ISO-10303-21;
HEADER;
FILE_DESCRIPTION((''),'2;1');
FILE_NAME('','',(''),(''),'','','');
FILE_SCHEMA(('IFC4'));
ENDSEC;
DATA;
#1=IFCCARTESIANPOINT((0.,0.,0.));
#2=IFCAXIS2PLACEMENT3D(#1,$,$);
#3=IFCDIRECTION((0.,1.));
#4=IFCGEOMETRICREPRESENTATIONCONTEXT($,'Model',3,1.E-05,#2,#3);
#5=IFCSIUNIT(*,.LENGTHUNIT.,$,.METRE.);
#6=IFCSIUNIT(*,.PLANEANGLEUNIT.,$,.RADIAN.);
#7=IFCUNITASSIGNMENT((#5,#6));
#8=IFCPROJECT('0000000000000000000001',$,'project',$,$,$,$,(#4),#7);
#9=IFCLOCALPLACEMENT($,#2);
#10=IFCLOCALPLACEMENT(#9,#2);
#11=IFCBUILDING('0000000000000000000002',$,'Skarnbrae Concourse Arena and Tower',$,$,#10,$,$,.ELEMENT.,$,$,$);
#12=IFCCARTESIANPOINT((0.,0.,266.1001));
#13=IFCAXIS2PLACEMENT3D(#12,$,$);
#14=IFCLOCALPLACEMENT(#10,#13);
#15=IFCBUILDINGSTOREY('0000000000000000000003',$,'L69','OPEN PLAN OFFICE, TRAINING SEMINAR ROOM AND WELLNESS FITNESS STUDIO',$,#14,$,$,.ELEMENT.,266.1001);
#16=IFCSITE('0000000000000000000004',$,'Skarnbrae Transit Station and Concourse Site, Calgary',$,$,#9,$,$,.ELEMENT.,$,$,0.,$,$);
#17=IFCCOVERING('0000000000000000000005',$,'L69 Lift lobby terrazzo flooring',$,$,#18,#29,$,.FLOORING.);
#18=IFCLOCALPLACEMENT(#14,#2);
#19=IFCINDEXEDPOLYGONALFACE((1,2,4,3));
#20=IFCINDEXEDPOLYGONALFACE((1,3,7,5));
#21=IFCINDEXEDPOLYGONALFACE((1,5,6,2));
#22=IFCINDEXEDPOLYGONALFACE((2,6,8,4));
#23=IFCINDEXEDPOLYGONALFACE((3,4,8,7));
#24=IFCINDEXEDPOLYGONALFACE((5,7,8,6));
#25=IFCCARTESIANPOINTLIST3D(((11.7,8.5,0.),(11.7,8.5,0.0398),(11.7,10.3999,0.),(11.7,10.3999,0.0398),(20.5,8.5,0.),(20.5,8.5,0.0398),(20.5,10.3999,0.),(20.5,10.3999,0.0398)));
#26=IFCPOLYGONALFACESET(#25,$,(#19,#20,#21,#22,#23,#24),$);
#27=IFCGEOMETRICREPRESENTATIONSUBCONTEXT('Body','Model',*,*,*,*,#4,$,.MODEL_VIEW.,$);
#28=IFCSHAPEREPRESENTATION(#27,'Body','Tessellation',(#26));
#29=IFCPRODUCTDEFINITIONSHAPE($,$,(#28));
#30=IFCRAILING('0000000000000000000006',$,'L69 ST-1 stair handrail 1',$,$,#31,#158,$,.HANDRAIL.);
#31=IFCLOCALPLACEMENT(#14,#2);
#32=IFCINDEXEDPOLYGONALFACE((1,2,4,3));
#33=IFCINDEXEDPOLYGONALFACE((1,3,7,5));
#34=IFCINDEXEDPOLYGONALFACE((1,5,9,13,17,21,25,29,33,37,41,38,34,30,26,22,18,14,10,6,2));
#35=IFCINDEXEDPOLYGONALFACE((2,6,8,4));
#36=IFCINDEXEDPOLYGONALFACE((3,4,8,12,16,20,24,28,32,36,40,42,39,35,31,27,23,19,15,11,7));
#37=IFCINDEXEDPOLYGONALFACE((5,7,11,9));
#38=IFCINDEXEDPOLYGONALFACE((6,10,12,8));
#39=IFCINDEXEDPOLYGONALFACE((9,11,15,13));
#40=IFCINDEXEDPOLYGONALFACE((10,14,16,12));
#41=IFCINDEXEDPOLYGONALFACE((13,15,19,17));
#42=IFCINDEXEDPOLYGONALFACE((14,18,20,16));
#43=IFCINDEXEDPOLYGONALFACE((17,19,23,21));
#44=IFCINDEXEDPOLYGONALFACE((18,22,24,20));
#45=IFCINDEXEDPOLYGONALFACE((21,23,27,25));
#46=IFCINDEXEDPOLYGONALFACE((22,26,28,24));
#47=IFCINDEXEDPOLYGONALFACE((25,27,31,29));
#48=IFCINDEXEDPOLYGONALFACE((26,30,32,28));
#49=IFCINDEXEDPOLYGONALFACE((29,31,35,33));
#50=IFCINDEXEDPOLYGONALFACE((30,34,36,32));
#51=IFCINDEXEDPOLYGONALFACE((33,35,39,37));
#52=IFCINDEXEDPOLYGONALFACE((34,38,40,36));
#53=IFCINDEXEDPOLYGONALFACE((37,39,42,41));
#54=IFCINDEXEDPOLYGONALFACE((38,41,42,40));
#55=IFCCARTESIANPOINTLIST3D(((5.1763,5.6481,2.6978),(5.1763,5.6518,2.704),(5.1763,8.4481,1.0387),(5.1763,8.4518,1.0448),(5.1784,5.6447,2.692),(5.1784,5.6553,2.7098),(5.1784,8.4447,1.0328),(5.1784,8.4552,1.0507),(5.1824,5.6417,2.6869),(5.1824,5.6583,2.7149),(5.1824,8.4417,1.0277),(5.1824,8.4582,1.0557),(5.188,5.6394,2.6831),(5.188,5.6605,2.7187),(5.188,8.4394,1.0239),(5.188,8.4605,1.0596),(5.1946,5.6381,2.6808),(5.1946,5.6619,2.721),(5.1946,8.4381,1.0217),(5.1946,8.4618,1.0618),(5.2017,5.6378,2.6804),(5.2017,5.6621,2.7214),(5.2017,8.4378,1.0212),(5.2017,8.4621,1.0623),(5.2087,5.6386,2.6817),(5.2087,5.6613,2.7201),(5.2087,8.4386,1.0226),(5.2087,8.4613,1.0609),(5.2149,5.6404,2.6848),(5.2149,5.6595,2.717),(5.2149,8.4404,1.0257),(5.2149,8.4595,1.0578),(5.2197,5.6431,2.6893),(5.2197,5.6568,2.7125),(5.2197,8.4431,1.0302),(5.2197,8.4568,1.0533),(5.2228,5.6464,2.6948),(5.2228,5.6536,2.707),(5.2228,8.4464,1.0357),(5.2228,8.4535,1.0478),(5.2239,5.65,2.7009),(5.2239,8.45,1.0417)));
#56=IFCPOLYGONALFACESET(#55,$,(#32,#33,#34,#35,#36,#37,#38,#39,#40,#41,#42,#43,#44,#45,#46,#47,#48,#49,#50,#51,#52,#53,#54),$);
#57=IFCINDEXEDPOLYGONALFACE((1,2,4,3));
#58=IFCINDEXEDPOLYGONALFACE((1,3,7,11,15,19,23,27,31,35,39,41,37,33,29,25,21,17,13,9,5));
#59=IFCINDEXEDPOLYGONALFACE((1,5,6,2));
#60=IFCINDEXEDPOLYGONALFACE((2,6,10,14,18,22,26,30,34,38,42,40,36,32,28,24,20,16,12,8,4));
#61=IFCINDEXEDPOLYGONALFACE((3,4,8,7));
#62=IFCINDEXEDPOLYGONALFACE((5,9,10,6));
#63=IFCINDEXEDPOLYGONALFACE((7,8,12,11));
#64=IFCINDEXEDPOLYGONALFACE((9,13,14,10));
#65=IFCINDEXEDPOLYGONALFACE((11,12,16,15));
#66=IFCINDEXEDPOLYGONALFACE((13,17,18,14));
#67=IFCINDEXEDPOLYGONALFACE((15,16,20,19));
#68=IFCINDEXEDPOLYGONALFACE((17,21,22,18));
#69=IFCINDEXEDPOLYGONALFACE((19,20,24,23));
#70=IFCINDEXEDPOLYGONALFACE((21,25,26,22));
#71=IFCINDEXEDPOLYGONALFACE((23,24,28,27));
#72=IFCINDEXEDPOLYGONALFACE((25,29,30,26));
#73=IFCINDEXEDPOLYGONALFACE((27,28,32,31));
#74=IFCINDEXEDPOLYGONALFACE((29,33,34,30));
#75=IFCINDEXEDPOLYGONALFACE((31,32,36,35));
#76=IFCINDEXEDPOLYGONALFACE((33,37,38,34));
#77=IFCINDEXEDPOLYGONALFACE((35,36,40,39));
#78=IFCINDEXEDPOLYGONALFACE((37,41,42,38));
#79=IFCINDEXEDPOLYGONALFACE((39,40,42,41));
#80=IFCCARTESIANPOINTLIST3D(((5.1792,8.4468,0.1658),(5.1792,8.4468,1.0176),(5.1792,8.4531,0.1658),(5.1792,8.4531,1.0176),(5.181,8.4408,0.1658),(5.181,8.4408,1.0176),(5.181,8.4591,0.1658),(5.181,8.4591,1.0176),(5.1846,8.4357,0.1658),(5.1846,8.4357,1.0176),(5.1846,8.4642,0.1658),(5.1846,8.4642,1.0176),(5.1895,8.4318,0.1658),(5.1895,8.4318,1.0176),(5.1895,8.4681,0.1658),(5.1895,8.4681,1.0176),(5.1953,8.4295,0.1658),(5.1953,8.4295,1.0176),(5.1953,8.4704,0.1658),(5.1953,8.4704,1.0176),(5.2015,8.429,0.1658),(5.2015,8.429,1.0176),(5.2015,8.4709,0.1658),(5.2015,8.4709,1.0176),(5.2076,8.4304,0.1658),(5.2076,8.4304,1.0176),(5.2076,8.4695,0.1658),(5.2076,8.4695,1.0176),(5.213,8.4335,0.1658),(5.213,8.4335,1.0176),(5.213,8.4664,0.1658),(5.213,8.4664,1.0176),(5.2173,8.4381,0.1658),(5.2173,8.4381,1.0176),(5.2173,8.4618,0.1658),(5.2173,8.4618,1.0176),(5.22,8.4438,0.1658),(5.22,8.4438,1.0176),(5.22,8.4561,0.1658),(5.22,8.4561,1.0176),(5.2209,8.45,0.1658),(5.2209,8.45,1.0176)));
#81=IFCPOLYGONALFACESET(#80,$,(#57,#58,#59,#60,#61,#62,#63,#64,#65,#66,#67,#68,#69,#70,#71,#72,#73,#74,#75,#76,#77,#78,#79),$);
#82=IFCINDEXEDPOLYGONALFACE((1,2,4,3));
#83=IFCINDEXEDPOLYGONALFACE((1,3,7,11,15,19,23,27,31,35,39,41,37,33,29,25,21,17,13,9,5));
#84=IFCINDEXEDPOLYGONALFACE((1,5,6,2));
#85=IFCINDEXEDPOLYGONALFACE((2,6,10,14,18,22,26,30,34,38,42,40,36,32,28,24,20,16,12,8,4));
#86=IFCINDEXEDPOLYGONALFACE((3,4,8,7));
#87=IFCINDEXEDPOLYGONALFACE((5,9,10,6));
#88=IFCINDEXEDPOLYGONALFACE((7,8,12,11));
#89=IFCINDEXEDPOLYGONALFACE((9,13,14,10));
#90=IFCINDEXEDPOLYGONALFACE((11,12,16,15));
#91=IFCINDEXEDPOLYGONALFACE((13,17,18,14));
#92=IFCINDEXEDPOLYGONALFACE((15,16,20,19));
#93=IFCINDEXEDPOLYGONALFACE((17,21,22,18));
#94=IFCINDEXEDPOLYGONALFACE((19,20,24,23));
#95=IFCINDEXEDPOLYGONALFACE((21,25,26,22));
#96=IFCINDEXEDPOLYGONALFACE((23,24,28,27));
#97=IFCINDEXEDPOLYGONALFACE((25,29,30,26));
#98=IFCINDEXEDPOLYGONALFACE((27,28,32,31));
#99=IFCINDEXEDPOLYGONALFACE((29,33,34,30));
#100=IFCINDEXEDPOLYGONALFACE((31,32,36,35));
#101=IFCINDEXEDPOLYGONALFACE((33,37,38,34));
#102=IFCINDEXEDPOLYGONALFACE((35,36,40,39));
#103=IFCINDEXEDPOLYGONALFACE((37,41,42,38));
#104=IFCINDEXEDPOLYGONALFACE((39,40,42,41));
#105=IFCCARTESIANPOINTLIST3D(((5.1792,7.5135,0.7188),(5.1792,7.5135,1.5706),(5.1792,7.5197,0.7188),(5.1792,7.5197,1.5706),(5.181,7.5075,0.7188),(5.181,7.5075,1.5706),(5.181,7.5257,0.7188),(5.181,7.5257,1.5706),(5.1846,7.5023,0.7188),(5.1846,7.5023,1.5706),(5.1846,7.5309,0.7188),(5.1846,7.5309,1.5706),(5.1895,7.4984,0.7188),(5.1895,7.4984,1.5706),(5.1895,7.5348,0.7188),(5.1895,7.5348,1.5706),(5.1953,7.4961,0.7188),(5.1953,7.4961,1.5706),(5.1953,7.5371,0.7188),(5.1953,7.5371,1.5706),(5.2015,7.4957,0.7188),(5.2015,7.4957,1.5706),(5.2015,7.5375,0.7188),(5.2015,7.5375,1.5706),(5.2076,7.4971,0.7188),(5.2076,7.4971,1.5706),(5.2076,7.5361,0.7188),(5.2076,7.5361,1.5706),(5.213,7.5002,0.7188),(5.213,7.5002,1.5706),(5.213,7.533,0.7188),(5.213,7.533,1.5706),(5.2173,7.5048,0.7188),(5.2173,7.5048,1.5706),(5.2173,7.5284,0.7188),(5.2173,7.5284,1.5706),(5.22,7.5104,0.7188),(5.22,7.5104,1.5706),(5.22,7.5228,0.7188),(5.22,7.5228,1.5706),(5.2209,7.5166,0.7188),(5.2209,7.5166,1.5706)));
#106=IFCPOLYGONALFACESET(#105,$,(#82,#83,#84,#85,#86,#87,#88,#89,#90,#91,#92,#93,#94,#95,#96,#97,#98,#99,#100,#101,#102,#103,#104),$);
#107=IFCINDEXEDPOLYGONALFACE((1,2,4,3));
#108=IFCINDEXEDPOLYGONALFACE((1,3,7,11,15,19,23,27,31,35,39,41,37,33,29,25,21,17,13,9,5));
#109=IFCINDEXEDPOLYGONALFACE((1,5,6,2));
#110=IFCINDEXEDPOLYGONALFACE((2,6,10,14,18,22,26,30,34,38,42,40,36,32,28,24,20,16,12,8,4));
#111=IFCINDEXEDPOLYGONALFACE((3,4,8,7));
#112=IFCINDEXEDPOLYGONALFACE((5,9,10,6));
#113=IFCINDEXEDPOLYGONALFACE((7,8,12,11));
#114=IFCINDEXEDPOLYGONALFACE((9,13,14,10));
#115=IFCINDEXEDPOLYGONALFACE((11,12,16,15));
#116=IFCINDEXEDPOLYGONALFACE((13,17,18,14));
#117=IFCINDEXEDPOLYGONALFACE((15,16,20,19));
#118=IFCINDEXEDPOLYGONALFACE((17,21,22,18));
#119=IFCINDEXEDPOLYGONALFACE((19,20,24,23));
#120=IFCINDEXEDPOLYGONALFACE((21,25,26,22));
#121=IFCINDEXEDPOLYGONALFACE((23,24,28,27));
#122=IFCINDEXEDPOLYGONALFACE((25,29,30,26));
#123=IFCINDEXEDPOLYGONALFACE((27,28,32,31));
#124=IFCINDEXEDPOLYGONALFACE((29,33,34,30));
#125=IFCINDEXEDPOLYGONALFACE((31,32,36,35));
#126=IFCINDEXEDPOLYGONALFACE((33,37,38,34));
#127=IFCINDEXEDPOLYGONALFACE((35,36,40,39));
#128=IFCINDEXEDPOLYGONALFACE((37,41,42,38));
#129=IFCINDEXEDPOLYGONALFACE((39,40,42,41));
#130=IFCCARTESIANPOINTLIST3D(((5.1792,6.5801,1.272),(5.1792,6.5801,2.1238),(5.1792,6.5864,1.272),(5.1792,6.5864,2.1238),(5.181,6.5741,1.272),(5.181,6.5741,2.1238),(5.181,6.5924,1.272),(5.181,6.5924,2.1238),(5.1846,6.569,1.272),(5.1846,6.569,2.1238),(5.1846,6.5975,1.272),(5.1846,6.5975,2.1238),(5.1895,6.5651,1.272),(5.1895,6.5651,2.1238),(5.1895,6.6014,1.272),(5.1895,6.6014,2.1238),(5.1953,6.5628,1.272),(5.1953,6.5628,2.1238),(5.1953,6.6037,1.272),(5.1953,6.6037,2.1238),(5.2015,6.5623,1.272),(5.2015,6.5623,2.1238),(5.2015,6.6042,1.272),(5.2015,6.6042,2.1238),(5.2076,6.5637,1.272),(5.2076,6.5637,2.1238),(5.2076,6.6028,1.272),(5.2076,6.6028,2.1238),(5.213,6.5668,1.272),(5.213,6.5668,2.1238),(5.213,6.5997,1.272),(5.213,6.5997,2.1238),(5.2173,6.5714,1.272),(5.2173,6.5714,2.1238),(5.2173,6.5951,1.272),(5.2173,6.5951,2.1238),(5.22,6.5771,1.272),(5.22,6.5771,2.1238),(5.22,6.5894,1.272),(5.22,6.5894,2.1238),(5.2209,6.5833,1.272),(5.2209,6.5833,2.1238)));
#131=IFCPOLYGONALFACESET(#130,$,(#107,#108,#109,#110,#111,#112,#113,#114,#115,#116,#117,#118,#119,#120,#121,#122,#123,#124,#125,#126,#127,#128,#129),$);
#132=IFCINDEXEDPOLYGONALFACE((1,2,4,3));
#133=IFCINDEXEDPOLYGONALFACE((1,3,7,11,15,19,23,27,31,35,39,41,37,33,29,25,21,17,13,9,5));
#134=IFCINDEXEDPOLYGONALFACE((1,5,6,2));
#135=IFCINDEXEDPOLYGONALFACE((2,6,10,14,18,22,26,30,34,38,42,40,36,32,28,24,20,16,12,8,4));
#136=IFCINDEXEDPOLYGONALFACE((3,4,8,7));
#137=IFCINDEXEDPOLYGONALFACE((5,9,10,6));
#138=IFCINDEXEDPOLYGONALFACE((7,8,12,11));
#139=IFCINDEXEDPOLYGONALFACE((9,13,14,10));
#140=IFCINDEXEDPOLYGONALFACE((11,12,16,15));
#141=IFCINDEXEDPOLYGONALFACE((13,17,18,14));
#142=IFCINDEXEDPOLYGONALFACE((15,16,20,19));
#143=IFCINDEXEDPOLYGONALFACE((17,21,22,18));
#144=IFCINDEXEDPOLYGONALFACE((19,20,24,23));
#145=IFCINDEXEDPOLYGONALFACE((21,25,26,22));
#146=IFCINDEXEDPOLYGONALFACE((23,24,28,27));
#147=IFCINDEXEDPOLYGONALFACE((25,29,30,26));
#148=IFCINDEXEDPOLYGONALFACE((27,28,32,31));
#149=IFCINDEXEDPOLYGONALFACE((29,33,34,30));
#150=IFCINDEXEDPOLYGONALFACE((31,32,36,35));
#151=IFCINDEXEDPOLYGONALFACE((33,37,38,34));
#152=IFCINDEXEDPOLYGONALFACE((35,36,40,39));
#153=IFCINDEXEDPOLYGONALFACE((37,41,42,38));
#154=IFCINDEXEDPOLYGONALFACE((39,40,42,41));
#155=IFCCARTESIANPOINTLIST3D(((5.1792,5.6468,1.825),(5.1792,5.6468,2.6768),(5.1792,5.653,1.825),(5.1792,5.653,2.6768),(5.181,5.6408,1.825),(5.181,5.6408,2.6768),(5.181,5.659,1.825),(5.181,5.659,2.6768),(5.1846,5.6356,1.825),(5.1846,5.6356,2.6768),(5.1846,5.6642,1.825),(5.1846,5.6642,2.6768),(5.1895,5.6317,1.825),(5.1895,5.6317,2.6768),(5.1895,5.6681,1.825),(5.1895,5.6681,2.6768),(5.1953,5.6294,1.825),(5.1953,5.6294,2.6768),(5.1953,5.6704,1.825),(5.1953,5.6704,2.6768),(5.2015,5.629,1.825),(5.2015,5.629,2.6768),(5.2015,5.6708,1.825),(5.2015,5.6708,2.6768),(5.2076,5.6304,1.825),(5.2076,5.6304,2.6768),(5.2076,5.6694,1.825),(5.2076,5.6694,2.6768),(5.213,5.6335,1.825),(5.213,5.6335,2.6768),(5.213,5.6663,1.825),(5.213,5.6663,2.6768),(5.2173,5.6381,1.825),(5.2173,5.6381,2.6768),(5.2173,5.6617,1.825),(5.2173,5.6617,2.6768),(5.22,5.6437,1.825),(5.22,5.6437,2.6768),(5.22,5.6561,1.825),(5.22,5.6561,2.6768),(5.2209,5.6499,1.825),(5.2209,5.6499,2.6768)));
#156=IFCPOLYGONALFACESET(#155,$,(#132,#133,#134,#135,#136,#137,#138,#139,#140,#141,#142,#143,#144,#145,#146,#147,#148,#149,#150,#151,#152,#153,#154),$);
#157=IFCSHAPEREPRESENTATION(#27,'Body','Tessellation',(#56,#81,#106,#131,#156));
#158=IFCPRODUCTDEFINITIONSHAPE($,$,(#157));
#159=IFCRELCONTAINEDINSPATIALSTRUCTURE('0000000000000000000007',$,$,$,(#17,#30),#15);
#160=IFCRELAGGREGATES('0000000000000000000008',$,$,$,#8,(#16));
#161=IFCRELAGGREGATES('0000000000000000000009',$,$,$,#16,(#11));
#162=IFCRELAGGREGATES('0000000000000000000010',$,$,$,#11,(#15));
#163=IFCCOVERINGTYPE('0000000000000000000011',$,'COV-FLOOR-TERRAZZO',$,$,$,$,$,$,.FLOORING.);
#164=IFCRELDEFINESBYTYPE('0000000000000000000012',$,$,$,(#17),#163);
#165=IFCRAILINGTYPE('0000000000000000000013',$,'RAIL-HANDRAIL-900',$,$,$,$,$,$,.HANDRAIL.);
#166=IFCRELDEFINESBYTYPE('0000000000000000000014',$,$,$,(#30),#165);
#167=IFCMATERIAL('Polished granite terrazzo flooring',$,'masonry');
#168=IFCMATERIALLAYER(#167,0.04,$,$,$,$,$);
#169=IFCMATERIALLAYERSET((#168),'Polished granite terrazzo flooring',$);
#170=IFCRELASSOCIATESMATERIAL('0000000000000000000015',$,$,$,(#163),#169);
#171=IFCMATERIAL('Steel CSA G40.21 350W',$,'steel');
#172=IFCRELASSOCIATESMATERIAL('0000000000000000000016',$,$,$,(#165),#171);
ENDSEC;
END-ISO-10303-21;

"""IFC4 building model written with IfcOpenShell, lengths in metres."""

from ifc_helpers import new_model, si_unit, direction, frame, origin, origin_2d, place, context, subcontext, project, spatial, polyline, circle, outline, extrude, material, layer, layer_set, type_object, element, save


model = new_model("IFC4")

# Units and contexts
model_context = context("Model", 3, precision=1e-05, world=origin(), true_north=direction((0.0, 1.0)))
body_context = subcontext(model_context, "Body", "Model", "MODEL_VIEW")
ifc_project = project(units=[si_unit("LENGTHUNIT", "METRE"), si_unit("PLANEANGLEUNIT", "RADIAN")], contexts=[model_context])

# Site, building, storey
site_placement = place(None, origin())
site = spatial("IfcSite", under=ifc_project, at=site_placement, Name="Skarnbrae Transit Station and Concourse Site, Calgary", CompositionType="ELEMENT", RefElevation=0.0)
building_placement = place(site_placement, origin())
building = spatial("IfcBuilding", under=site, at=building_placement, Name="Skarnbrae Concourse Arena and Tower", CompositionType="ELEMENT")
storey_placement = place(building_placement, frame((0.0, 0.0, 266.1001)))
storey = spatial("IfcBuildingStorey", under=building, at=storey_placement, Name="L69", Description="OPEN PLAN OFFICE, TRAINING SEMINAR ROOM AND WELLNESS FITNESS STUDIO", CompositionType="ELEMENT", Elevation=266.1001)

# Shared definitions
ifc_material_1 = material(Name="Steel CSA G40.21 350W", Category="steel")

# Covering
ifc_material_2 = material(Name="Polished granite terrazzo flooring", Category="masonry")
ifc_layer_1 = layer(ifc_material_2, 0.04)
ifc_layer_set_1 = layer_set([ifc_layer_1], Name="Polished granite terrazzo flooring")
covering_type_1 = type_object("IfcCoveringType", Name="COV-FLOOR-TERRAZZO", PredefinedType="FLOORING", material=ifc_layer_set_1)
covering_1_placement = place(storey_placement, origin())
element("IfcCovering", 1, at=covering_1_placement, inside=storey, type_object=covering_type_1, Name="L69 Lift lobby terrazzo flooring", PredefinedType="FLOORING", context=body_context, shape_type="SweptSolid", body=[
    extrude(outline(polyline([(11.7, 8.5), (20.5, 8.5), (20.5, 10.3999), (11.7, 10.3999), (11.7, 8.5)])), origin(), (0.0, 0.0, 1.0), 0.0398),
])

# Railing
railing_type = type_object("IfcRailingType", Name="RAIL-HANDRAIL-900", PredefinedType="HANDRAIL", material=ifc_material_1)
railing_placement = place(storey_placement, frame((5.2, 8.45, 0.1658)))
element("IfcRailing", 2, at=railing_placement, inside=storey, type_object=railing_type, Name="L69 ST-1 stair handrail 1", PredefinedType="HANDRAIL", context=body_context, shape_type="SweptSolid", body=[
    extrude(circle(Radius=0.0239, at=origin_2d()), frame((0.0, 0.0, 0.876), z_axis=(0.0, -0.860306, 0.509778), x_axis=(1.0, 0.0, 0.0)), (0.0, 0.0, 1.0), 3.2546),
    extrude(circle(Radius=0.021, at=origin_2d()), origin(), (0.0, 0.0, 1.0), 0.8518),
    extrude(circle(Radius=0.021, at=origin_2d()), frame((0.0, -0.9333, 0.553)), (0.0, 0.0, 1.0), 0.8518),
    extrude(circle(Radius=0.021, at=origin_2d()), frame((0.0, -1.8667, 1.1062)), (0.0, 0.0, 1.0), 0.8518),
    extrude(circle(Radius=0.021, at=origin_2d()), frame((0.0, -2.8, 1.6592)), (0.0, 0.0, 1.0), 0.8518),
])

save(model, "model.ifc")
